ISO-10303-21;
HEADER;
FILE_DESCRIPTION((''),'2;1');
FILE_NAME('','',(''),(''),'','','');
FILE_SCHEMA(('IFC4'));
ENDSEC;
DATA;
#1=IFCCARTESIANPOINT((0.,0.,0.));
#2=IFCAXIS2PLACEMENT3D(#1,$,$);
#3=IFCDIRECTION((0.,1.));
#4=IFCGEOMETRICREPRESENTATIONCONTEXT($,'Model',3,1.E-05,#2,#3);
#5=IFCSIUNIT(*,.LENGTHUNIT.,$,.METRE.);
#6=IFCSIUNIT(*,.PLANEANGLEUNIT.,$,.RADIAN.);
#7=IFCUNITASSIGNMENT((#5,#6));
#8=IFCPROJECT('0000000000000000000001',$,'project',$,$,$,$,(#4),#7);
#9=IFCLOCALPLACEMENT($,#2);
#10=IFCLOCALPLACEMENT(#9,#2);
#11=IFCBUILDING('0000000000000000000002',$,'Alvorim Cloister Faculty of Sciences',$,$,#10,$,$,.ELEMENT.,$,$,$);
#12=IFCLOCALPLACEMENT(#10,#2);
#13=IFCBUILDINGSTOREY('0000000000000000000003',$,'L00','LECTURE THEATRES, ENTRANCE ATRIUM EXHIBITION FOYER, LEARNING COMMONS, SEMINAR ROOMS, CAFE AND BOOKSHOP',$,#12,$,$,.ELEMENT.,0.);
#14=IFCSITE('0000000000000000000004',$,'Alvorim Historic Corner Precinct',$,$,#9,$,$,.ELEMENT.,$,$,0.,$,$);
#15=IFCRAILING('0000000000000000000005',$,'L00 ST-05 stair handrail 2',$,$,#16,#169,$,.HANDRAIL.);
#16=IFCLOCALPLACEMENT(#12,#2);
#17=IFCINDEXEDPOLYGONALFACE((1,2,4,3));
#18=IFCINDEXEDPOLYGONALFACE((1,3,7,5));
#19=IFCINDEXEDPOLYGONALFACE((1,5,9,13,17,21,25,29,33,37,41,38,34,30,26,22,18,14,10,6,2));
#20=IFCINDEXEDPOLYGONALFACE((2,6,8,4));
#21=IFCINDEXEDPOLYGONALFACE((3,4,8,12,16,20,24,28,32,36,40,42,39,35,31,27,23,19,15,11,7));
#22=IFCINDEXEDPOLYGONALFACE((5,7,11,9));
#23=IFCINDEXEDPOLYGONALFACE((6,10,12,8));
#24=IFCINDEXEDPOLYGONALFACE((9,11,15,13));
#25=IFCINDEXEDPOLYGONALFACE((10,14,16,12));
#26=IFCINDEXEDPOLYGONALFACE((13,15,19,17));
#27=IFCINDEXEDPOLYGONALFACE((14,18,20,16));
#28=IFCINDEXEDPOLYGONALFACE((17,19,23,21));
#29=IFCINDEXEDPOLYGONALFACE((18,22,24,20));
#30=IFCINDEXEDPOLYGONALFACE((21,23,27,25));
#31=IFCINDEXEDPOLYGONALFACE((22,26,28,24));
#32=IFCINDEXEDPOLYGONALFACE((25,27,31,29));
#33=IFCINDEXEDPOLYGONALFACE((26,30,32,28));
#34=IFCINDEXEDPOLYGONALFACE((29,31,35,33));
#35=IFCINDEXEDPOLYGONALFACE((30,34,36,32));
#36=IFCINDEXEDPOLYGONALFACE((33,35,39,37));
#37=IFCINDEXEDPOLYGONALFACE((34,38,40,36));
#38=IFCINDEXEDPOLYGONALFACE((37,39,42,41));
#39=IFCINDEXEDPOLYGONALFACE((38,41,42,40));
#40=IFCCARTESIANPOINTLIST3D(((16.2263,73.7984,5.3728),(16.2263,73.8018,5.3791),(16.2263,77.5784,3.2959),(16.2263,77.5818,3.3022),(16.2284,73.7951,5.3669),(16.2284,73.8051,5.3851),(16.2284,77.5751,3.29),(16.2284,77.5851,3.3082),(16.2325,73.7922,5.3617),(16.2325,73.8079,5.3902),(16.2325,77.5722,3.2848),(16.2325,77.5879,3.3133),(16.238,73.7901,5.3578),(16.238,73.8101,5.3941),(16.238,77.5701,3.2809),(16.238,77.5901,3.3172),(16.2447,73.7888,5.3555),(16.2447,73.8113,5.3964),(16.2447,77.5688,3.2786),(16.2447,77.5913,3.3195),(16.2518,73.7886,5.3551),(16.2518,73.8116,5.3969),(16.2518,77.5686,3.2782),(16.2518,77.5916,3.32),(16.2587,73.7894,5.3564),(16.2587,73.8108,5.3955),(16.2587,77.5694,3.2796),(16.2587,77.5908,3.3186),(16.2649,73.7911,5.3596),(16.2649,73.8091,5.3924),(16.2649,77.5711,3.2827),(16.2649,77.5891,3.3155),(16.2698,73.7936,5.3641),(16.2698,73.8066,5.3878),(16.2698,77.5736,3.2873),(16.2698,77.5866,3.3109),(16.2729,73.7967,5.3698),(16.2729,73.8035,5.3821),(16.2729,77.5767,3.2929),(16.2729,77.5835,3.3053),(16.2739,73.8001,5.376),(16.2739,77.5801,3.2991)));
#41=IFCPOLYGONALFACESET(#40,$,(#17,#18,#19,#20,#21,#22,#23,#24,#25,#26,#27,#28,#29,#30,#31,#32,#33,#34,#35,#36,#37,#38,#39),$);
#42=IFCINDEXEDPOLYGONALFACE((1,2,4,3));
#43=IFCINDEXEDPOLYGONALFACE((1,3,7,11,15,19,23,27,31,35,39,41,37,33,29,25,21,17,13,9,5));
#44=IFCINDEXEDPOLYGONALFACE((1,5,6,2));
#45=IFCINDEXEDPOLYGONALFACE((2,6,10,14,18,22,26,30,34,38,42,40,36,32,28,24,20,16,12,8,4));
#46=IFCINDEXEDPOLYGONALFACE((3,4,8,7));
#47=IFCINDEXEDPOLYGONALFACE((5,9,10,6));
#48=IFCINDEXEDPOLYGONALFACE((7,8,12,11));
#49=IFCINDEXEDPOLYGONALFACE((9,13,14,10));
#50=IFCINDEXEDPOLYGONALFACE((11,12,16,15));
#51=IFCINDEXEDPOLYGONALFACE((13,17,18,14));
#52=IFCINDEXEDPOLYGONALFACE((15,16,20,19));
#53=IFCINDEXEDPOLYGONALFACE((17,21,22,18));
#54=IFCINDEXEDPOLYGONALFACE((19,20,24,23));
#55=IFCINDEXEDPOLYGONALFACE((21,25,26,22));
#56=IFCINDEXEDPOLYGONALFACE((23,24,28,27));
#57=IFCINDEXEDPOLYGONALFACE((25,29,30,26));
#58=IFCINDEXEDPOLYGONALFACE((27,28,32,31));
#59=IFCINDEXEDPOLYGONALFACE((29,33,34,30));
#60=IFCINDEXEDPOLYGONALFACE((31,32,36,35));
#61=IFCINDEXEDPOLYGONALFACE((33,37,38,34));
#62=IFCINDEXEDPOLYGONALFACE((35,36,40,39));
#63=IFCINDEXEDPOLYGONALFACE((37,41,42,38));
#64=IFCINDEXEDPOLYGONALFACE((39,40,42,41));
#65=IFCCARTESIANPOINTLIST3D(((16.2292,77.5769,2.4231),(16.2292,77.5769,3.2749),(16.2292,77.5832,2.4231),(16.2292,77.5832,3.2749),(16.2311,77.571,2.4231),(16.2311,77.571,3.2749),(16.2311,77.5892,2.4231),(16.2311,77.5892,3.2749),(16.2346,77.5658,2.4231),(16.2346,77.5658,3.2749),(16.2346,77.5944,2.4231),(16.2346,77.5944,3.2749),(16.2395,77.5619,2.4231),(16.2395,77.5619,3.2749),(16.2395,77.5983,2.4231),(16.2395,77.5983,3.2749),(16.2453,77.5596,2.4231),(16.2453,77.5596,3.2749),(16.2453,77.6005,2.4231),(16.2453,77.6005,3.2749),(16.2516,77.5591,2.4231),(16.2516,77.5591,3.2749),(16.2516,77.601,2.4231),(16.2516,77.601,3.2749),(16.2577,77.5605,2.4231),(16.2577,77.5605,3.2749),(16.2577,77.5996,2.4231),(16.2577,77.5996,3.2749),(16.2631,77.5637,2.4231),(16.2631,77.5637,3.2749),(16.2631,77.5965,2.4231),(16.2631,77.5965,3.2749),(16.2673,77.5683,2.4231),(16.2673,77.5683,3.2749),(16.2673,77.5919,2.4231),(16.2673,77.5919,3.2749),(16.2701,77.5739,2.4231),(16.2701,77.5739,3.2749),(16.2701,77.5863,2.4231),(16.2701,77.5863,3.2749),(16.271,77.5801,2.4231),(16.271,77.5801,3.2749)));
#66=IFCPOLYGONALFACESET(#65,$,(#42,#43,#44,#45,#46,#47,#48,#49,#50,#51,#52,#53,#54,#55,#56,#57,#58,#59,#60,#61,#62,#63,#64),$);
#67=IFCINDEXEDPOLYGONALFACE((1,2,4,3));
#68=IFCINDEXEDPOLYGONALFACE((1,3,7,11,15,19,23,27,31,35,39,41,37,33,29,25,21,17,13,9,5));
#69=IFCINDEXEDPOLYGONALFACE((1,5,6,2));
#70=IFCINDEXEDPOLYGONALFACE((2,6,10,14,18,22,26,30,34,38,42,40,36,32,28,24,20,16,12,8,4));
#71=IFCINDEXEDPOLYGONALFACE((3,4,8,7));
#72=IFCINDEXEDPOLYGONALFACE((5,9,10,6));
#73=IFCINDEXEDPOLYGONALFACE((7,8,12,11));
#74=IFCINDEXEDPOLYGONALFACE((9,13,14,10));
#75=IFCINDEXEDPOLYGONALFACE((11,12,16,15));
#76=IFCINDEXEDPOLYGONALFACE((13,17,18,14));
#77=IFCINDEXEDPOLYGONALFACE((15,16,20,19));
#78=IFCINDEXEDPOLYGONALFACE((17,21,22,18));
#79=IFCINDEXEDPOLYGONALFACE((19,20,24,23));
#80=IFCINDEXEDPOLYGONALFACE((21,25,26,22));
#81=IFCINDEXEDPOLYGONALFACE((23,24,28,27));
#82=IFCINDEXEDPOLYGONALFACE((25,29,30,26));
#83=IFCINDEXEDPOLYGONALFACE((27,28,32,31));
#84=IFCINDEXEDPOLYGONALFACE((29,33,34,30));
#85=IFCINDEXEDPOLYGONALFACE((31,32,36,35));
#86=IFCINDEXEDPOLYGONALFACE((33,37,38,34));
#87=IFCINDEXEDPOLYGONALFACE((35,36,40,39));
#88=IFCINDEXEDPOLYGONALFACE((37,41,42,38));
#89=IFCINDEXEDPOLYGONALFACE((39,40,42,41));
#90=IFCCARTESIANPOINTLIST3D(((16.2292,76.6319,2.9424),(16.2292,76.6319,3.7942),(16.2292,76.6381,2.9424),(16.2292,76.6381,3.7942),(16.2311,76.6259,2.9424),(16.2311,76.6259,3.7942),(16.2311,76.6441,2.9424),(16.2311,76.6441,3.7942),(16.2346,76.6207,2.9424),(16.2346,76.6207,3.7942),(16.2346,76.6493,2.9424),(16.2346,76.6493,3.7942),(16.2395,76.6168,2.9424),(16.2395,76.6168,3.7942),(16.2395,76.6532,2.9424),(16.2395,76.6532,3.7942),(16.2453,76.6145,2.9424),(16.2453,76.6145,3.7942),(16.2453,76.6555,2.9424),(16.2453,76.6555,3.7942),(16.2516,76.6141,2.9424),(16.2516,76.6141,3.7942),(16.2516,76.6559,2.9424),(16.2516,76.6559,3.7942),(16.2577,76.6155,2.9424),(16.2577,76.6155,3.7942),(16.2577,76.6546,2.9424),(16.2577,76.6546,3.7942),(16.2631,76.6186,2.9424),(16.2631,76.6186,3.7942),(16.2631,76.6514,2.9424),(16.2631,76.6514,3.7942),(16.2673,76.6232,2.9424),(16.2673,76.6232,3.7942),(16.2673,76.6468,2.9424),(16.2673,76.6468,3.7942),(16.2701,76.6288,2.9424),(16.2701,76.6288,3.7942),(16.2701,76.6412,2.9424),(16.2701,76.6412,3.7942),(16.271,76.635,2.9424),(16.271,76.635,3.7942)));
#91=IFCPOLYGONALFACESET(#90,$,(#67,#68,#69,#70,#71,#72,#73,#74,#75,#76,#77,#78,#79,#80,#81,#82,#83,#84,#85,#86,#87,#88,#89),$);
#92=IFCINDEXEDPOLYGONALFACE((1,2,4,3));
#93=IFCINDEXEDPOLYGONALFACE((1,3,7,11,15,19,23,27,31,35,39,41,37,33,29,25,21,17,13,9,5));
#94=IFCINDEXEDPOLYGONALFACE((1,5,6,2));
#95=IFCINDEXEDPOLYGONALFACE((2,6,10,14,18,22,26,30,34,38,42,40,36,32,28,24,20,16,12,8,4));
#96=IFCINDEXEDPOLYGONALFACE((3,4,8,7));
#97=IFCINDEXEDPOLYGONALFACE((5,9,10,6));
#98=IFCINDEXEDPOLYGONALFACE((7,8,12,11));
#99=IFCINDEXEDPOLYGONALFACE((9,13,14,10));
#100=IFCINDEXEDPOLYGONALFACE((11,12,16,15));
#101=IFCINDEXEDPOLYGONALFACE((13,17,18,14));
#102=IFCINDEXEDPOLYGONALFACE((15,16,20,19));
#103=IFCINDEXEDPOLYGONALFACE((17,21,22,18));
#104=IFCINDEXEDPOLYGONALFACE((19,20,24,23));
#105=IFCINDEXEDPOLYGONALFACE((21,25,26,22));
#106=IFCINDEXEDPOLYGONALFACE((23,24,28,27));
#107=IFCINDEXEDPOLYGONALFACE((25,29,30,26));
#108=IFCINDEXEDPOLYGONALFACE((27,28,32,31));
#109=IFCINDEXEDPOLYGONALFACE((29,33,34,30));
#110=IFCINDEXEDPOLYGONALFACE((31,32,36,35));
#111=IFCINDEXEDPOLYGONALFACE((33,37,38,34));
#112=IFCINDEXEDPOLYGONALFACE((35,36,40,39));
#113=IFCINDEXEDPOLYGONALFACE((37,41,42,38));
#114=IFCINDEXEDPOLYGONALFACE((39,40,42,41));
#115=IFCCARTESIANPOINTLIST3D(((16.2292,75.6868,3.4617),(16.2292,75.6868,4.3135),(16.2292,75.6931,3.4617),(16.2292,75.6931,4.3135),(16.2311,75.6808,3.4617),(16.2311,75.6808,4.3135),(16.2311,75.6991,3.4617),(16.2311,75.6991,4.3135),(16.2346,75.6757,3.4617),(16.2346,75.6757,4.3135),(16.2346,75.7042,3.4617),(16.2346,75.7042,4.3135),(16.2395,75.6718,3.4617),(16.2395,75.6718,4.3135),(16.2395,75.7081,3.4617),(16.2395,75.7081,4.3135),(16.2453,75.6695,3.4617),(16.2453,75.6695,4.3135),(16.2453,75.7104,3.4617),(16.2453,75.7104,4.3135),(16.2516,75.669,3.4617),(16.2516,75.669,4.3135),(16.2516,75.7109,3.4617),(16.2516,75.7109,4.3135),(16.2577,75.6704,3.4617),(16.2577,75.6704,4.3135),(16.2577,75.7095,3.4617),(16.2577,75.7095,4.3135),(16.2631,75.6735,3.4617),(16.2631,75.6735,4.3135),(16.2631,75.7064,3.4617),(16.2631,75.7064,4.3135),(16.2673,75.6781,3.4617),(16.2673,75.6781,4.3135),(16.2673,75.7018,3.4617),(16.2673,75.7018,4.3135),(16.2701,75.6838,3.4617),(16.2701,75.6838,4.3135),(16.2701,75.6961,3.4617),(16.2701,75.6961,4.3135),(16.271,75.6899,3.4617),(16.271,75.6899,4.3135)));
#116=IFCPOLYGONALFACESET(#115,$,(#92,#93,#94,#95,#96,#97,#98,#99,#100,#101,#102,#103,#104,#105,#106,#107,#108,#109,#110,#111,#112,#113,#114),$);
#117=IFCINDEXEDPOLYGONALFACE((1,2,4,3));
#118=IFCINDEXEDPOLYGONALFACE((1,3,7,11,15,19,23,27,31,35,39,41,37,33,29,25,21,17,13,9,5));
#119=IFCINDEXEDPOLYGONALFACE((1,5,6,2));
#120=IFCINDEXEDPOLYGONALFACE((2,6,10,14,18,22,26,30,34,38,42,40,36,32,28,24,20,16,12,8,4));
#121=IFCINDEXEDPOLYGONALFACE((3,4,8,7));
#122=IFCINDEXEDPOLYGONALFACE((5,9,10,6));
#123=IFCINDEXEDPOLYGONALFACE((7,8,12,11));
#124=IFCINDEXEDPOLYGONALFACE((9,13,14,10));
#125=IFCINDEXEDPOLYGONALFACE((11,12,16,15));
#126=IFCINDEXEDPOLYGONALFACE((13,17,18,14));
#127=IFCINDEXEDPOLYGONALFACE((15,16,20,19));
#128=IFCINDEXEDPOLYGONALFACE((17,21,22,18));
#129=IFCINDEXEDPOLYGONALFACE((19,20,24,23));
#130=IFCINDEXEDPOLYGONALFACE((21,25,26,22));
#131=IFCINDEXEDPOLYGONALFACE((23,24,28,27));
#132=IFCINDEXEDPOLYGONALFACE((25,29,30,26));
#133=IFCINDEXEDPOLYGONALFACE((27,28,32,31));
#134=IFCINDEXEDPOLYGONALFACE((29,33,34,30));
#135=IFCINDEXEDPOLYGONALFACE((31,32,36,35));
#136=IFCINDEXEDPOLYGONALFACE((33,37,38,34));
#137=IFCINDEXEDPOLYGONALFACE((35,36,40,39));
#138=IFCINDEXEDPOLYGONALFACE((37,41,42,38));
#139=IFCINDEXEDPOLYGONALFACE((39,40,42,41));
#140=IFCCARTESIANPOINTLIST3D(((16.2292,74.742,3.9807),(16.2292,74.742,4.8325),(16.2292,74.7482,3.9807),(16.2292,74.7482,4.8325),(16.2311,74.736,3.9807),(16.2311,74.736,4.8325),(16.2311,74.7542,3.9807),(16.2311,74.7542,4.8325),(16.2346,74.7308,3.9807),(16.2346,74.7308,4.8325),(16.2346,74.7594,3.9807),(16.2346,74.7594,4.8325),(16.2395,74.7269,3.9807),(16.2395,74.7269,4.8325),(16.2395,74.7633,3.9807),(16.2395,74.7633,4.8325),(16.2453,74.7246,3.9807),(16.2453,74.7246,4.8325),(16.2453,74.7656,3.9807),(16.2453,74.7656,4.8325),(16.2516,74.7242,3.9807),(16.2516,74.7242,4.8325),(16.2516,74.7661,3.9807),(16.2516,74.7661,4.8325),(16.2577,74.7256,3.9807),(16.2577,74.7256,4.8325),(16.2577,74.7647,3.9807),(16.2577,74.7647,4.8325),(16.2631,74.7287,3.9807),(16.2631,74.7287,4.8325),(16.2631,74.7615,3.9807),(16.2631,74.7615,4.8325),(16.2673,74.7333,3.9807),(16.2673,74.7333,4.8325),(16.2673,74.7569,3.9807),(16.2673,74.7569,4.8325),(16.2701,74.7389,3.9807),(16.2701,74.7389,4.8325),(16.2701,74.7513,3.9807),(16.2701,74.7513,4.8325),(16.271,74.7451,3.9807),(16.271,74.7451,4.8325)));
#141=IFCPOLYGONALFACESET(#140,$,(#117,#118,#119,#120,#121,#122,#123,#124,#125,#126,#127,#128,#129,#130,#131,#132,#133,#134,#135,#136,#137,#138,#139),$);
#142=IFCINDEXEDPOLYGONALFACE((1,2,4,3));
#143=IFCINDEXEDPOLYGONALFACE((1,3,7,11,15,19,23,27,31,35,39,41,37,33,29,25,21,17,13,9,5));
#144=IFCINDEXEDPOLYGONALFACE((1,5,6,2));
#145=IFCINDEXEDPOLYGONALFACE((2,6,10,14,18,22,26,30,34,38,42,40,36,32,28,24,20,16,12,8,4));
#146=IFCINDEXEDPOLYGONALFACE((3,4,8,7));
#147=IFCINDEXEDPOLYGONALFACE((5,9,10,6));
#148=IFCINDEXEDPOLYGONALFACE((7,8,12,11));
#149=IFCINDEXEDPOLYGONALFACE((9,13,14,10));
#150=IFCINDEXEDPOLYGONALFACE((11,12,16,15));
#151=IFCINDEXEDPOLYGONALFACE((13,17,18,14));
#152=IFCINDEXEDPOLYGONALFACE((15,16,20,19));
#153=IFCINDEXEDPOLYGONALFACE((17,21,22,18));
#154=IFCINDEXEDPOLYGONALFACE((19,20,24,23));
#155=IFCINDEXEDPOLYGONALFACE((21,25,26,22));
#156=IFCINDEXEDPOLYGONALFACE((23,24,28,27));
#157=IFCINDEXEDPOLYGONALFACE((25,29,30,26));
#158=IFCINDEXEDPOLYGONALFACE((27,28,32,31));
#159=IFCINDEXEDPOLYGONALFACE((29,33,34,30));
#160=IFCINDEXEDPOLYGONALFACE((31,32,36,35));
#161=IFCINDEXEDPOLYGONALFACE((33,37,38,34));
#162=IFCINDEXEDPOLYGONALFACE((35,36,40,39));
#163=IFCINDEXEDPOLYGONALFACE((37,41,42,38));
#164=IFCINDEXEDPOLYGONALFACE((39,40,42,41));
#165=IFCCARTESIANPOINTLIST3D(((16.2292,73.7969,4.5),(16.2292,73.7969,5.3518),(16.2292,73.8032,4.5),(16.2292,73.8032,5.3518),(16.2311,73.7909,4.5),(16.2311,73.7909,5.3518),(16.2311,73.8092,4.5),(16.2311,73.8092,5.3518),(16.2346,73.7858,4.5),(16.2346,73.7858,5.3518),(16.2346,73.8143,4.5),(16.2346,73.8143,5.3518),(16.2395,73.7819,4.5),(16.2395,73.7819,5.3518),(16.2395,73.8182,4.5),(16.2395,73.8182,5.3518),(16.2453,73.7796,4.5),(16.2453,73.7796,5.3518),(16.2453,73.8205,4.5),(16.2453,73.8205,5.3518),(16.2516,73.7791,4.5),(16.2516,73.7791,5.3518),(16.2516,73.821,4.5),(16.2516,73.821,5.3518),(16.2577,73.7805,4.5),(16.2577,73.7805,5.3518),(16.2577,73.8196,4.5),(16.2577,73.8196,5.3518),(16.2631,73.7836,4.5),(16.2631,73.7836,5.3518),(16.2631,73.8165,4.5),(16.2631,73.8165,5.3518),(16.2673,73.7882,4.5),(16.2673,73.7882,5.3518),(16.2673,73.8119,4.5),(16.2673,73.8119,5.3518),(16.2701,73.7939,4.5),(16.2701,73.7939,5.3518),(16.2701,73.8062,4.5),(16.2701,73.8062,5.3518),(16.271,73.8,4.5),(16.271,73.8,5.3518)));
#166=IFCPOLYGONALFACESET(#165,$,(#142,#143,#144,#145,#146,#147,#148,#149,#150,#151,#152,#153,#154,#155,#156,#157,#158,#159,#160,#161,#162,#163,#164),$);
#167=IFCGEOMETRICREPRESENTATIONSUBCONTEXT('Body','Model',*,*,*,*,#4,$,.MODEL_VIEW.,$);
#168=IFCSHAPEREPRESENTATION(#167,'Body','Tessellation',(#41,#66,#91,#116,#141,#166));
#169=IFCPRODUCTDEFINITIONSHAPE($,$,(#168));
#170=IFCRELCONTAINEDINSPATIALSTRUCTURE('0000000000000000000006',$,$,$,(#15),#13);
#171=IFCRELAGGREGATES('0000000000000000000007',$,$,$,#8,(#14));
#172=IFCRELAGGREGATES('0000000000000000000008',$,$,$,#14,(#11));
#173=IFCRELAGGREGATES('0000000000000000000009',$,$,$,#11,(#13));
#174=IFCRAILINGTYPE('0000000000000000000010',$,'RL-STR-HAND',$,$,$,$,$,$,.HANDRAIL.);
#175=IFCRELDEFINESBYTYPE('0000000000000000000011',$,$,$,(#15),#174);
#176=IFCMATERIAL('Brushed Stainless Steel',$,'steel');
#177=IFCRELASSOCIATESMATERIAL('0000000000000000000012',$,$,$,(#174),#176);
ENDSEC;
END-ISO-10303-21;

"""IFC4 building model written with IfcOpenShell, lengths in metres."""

from ifc_helpers import new_model, si_unit, direction, frame, origin, origin_2d, place, context, subcontext, project, spatial, circle, extrude, material, type_object, element, save


model = new_model("IFC4")

# Units and contexts
model_context = context("Model", 3, precision=1e-05, world=origin(), true_north=direction((0.0, 1.0)))
body_context = subcontext(model_context, "Body", "Model", "MODEL_VIEW")
ifc_project = project(units=[si_unit("LENGTHUNIT", "METRE"), si_unit("PLANEANGLEUNIT", "RADIAN")], contexts=[model_context])

# Site, building, storey
site_placement = place(None, origin())
site = spatial("IfcSite", under=ifc_project, at=site_placement, Name="Alvorim Historic Corner Precinct", CompositionType="ELEMENT", RefElevation=0.0)
building_placement = place(site_placement, origin())
building = spatial("IfcBuilding", under=site, at=building_placement, Name="Alvorim Cloister Faculty of Sciences", CompositionType="ELEMENT")
storey_placement = place(building_placement, origin())
storey = spatial("IfcBuildingStorey", under=building, at=storey_placement, Name="L00", Description="LECTURE THEATRES, ENTRANCE ATRIUM EXHIBITION FOYER, LEARNING COMMONS, SEMINAR ROOMS, CAFE AND BOOKSHOP", CompositionType="ELEMENT", Elevation=0.0)

# Railing
ifc_material_1 = material(Name="Brushed Stainless Steel", Category="steel")
railing_type_1 = type_object("IfcRailingType", Name="RL-STR-HAND", PredefinedType="HANDRAIL", material=ifc_material_1)
railing_1_placement = place(storey_placement, frame((16.25, 77.5801, 2.4231)))
element("IfcRailing", 1, at=railing_1_placement, inside=storey, type_object=railing_type_1, Name="L00 ST-05 stair handrail 2", PredefinedType="HANDRAIL", context=body_context, shape_type="SweptSolid", body=[
    extrude(circle(Radius=0.0239, at=origin_2d()), frame((0.0, 0.0, 0.876), z_axis=(0.0, -0.876423, 0.481543), x_axis=(1.0, 0.0, 0.0)), (0.0, 0.0, 1.0), 4.313),
    extrude(circle(Radius=0.021, at=origin_2d()), origin(), (0.0, 0.0, 1.0), 0.8518),
    extrude(circle(Radius=0.021, at=origin_2d()), frame((0.0, -0.9451, 0.5193)), (0.0, 0.0, 1.0), 0.8518),
    extrude(circle(Radius=0.021, at=origin_2d()), frame((0.0, -1.8901, 1.0386)), (0.0, 0.0, 1.0), 0.8518),
    extrude(circle(Radius=0.021, at=origin_2d()), frame((0.0, -2.835, 1.5576)), (0.0, 0.0, 1.0), 0.8518),
    extrude(circle(Radius=0.021, at=origin_2d()), frame((0.0, -3.78, 2.0769)), (0.0, 0.0, 1.0), 0.8518),
])

save(model, "model.ifc")
